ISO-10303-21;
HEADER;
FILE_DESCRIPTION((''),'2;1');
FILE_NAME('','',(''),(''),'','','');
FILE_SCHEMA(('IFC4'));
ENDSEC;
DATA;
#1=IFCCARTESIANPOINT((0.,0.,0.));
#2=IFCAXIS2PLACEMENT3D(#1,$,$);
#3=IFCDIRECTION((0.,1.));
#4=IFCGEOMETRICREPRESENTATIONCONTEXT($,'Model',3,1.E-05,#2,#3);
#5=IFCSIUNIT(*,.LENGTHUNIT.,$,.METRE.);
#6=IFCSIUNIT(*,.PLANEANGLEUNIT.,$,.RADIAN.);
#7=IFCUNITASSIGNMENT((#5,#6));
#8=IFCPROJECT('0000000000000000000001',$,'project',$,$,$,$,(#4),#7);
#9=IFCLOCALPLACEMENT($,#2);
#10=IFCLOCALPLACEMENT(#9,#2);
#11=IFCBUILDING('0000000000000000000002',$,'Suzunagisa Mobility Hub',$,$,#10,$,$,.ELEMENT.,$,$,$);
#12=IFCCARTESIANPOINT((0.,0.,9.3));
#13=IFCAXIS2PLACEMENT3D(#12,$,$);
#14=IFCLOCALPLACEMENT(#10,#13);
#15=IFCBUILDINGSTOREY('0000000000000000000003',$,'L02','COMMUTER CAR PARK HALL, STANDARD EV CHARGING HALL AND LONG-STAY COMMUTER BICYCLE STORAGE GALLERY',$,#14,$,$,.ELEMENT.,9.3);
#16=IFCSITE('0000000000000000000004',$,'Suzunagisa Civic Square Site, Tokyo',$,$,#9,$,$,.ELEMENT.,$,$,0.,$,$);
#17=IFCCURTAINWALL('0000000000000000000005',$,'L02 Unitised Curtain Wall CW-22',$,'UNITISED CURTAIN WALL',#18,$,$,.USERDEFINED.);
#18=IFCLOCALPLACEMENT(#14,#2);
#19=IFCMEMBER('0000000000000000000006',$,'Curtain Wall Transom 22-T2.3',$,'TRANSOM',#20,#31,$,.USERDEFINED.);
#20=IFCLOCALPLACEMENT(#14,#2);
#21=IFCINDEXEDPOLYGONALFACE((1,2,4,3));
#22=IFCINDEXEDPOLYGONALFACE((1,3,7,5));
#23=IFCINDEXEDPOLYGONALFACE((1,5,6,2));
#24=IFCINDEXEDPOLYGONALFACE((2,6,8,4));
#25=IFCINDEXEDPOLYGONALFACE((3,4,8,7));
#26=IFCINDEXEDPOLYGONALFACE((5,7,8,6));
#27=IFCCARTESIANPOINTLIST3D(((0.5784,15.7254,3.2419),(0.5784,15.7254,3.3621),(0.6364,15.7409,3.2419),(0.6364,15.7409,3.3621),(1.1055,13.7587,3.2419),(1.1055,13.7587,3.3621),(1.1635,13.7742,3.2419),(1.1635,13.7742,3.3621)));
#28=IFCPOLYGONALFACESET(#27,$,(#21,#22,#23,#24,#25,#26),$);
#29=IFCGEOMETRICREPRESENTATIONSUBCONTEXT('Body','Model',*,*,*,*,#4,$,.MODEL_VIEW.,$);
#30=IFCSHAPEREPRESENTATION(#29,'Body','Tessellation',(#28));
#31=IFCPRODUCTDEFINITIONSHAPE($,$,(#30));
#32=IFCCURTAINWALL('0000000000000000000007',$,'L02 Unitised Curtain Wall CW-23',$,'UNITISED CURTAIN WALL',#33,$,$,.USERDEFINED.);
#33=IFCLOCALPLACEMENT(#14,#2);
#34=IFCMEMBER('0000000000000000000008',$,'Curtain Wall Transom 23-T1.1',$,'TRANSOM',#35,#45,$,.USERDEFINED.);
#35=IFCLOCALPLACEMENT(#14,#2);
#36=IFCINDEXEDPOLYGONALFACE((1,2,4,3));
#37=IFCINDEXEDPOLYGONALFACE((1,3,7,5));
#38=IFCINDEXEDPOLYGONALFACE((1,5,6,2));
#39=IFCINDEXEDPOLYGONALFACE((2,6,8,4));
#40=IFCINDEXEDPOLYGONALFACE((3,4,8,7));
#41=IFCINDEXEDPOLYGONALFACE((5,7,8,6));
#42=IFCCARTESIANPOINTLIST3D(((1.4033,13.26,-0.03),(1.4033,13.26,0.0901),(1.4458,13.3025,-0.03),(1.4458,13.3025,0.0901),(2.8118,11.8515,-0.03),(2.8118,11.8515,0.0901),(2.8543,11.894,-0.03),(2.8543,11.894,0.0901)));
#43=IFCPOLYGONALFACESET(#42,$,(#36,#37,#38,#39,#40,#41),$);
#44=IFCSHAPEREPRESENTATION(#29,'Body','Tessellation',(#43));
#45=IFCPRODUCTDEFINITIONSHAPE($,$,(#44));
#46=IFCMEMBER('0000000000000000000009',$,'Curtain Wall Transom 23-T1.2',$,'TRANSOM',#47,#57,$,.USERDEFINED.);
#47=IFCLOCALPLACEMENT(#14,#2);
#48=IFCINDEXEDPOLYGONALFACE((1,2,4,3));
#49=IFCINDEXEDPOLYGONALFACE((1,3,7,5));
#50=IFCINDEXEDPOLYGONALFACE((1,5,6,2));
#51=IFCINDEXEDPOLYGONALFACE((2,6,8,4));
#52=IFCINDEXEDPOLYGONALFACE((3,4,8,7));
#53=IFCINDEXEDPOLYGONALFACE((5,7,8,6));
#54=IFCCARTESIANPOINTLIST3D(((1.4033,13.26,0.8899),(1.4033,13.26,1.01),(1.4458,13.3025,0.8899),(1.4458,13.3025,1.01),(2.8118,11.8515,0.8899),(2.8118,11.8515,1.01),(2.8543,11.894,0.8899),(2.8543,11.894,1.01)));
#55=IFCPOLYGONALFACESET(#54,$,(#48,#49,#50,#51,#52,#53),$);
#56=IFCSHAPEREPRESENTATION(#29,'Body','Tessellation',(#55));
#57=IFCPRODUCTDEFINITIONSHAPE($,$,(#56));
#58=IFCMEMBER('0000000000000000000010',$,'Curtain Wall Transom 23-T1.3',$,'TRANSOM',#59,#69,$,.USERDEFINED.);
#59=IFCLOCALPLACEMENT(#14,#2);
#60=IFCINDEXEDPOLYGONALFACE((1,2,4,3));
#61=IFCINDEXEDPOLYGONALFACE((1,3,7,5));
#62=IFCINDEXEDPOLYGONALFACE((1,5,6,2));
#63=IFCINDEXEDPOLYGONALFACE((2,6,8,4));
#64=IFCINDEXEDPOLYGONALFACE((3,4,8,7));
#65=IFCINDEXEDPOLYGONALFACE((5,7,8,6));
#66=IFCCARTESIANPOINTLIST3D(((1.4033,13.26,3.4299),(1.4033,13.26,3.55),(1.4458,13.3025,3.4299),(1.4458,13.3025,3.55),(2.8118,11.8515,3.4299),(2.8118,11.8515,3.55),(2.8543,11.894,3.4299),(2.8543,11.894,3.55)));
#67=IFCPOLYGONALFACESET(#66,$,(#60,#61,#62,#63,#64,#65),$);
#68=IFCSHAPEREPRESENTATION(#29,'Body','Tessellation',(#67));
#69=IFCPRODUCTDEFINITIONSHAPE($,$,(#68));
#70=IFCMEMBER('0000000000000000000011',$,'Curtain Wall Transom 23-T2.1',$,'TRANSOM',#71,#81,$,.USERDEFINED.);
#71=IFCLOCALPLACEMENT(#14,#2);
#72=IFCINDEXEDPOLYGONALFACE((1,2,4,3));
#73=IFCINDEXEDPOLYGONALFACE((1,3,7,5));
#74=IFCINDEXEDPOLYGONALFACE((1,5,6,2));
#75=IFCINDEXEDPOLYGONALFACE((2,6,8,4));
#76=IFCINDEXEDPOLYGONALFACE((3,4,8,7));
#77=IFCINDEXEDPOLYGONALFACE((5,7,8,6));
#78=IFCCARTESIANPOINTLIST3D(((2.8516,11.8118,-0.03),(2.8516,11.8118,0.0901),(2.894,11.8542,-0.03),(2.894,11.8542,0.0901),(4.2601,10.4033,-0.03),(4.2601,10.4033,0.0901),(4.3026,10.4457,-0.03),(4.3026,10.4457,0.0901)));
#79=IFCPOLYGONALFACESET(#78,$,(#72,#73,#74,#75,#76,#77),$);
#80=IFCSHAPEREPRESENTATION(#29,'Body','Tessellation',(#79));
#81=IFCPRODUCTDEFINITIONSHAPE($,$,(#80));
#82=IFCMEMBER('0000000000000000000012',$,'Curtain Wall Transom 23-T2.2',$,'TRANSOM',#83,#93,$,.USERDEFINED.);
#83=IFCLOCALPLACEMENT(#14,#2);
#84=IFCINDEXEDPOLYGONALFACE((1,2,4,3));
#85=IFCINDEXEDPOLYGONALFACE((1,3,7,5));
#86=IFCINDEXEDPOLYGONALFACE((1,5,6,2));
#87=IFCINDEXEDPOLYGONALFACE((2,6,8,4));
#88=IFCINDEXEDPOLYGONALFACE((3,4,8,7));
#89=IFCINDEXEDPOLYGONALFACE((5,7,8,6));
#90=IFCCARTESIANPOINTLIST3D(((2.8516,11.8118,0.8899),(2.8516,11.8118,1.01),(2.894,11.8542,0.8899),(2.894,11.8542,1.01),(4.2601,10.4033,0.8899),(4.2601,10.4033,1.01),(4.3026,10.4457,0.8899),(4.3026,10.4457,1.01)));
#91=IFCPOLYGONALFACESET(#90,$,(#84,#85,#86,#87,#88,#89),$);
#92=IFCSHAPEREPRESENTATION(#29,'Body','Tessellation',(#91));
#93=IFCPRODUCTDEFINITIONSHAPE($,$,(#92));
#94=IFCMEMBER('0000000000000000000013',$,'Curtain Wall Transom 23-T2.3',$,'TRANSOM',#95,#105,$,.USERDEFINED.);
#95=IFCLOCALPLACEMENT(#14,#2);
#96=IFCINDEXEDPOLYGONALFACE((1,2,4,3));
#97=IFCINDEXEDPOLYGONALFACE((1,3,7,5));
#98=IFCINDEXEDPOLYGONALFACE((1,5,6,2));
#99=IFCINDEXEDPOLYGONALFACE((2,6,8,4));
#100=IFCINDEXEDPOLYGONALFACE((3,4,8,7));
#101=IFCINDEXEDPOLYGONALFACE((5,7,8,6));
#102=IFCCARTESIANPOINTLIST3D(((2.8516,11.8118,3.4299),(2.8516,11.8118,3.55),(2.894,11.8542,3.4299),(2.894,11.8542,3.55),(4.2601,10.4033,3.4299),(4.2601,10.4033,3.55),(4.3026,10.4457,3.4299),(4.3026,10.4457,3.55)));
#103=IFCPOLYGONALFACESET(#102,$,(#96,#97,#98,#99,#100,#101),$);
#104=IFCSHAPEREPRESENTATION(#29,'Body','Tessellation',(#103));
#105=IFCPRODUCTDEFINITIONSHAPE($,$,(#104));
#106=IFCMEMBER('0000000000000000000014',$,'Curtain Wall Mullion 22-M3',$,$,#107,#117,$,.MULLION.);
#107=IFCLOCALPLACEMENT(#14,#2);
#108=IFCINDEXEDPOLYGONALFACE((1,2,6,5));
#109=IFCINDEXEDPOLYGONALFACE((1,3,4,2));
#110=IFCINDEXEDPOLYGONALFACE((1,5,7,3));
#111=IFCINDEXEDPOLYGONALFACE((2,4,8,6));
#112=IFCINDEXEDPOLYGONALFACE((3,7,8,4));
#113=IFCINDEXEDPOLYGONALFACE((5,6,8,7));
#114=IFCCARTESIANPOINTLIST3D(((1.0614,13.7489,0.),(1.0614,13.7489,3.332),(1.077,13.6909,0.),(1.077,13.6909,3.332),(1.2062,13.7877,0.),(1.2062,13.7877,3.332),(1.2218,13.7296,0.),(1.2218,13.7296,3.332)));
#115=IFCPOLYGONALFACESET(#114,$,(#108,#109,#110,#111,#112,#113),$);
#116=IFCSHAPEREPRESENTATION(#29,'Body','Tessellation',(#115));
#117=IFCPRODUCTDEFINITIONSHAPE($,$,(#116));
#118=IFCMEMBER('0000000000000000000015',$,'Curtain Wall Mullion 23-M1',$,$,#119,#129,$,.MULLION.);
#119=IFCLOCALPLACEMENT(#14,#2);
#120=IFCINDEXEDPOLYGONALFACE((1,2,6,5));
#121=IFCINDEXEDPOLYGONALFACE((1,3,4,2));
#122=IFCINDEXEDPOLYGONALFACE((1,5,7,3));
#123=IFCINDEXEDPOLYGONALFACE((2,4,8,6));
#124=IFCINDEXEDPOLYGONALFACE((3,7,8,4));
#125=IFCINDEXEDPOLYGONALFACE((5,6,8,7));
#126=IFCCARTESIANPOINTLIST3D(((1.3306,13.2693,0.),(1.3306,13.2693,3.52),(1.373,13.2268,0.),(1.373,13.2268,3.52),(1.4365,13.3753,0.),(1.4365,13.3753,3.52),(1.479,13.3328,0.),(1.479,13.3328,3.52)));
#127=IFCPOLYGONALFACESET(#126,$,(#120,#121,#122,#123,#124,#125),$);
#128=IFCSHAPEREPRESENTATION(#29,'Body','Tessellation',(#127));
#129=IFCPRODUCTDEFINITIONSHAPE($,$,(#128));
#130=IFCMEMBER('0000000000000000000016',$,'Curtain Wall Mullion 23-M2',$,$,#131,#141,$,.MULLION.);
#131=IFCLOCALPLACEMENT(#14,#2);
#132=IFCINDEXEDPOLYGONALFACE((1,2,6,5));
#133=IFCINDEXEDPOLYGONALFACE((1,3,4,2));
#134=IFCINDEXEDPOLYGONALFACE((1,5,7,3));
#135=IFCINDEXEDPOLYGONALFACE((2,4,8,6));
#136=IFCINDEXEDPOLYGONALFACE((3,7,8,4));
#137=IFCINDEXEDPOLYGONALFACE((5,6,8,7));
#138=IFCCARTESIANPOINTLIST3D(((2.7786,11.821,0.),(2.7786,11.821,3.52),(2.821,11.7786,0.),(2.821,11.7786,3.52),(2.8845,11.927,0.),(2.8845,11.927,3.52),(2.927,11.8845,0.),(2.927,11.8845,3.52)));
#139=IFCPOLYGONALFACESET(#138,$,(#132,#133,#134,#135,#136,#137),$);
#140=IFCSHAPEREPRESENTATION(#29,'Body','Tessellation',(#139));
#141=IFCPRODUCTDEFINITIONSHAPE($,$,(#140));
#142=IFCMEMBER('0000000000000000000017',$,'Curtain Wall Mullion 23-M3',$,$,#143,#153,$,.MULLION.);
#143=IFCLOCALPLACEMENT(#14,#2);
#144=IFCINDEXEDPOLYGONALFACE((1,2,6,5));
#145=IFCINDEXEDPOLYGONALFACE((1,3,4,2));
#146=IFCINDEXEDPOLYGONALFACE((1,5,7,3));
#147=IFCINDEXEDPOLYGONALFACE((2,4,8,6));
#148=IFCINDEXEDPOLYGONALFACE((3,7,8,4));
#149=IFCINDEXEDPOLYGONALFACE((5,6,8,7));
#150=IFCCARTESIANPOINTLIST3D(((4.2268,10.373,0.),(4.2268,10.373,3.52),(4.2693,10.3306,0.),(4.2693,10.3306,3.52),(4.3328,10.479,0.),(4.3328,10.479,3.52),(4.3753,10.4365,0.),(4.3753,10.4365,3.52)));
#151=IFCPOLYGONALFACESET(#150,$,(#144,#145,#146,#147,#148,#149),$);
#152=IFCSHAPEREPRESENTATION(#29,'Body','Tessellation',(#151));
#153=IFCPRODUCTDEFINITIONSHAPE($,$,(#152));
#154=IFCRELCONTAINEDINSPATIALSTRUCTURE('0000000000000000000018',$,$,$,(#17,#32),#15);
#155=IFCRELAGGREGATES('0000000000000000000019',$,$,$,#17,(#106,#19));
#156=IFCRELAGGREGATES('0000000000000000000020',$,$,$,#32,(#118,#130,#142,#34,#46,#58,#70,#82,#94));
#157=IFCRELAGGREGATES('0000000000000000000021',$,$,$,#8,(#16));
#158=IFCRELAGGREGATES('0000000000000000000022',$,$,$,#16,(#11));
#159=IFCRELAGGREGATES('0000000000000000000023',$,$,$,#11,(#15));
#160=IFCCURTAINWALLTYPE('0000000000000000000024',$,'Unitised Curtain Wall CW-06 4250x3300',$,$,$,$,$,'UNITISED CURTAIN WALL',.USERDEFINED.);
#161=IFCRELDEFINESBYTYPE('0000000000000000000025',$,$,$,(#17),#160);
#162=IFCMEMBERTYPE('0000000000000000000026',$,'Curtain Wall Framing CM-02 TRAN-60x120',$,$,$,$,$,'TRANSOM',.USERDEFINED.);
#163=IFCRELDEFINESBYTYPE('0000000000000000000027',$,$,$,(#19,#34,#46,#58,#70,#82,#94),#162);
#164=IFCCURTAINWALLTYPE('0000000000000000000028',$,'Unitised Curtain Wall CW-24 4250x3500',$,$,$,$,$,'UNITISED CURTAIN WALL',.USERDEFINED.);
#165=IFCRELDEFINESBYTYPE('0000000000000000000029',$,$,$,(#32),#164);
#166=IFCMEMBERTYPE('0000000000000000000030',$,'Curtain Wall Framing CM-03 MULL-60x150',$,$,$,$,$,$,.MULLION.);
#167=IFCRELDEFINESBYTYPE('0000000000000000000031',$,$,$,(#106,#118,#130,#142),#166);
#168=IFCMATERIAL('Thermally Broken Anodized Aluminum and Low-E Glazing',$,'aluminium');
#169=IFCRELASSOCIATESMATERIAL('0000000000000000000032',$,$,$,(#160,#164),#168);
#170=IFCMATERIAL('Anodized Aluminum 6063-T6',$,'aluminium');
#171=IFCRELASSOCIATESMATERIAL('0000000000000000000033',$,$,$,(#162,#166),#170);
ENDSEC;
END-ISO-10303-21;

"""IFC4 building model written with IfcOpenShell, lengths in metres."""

from ifc_helpers import new_model, si_unit, direction, frame, origin, origin_2d, place, context, subcontext, project, spatial, rectangle, extrude, material, material_profile, profile_set, type_object, element, aggregate, save


model = new_model("IFC4")

# Units and contexts
model_context = context("Model", 3, precision=1e-05, world=origin(), true_north=direction((0.0, 1.0)))
body_context = subcontext(model_context, "Body", "Model", "MODEL_VIEW")
ifc_project = project(units=[si_unit("LENGTHUNIT", "METRE"), si_unit("PLANEANGLEUNIT", "RADIAN")], contexts=[model_context])

# Site, building, storey
site_placement = place(None, origin())
site = spatial("IfcSite", under=ifc_project, at=site_placement, Name="Suzunagisa Civic Square Site, Tokyo", CompositionType="ELEMENT", RefElevation=0.0)
building_placement = place(site_placement, origin())
building = spatial("IfcBuilding", under=site, at=building_placement, Name="Suzunagisa Mobility Hub", CompositionType="ELEMENT")
storey_placement = place(building_placement, frame((0.0, 0.0, 9.3)))
storey = spatial("IfcBuildingStorey", under=building, at=storey_placement, Name="L02", Description="COMMUTER CAR PARK HALL, STANDARD EV CHARGING HALL AND LONG-STAY COMMUTER BICYCLE STORAGE GALLERY", CompositionType="ELEMENT", Elevation=9.3)

# Curtain walls, members
ifc_material_1 = material(Name="Thermally Broken Anodized Aluminum and Low-E Glazing", Category="aluminium")
curtain_wall_type_1 = type_object("IfcCurtainWallType", Name="Unitised Curtain Wall CW-06 4250x3300", ElementType="UNITISED CURTAIN WALL", PredefinedType="USERDEFINED", material=ifc_material_1)
curtain_wall_1_placement = place(storey_placement, origin())
curtain_wall_1 = element("IfcCurtainWall", 1, at=curtain_wall_1_placement, inside=storey, type_object=curtain_wall_type_1, Name="L02 Unitised Curtain Wall CW-22", ObjectType="UNITISED CURTAIN WALL", PredefinedType="USERDEFINED")
ifc_material_2 = material(Name="Anodized Aluminum 6063-T6", Category="aluminium")
ifc_material_profile_1 = material_profile(ifc_material_2, rectangle(XDim=0.0601, YDim=0.1201, at=origin_2d()), Name="TRAN-60x120")
ifc_profile_set_1 = profile_set([ifc_material_profile_1], Name="Anodized Aluminum 6063-T6")
member_type_1 = type_object("IfcMemberType", Name="Curtain Wall Framing CM-02 TRAN-60x120", ElementType="TRANSOM", PredefinedType="USERDEFINED", material=ifc_profile_set_1)
member_1_placement = place(storey_placement, frame((0.6074, 15.7332, 3.302), z_axis=(0.258864, -0.965914, 0.0), x_axis=(0.965914, 0.258864, 0.0)))
member_1 = element("IfcMember", 2, at=member_1_placement, type_object=member_type_1, Name="Curtain Wall Transom 22-T2.3", ObjectType="TRANSOM", PredefinedType="USERDEFINED", context=body_context, shape_type="SweptSolid", body=[
    extrude(rectangle(XDim=0.0601, YDim=0.1201, at=origin_2d()), origin(), (0.0, 0.0, 1.0), 2.0361),
])
curtain_wall_type_2 = type_object("IfcCurtainWallType", Name="Unitised Curtain Wall CW-24 4250x3500", ElementType="UNITISED CURTAIN WALL", PredefinedType="USERDEFINED", material=ifc_material_1)
curtain_wall_2_placement = place(storey_placement, origin())
curtain_wall_2 = element("IfcCurtainWall", 3, at=curtain_wall_2_placement, inside=storey, type_object=curtain_wall_type_2, Name="L02 Unitised Curtain Wall CW-23", ObjectType="UNITISED CURTAIN WALL", PredefinedType="USERDEFINED")
member_2_placement = place(storey_placement, frame((1.4246, 13.2812, 0.03), z_axis=(0.707107, -0.707107, 0.0), x_axis=(0.707107, 0.707107, 0.0)))
member_2 = element("IfcMember", 4, at=member_2_placement, type_object=member_type_1, Name="Curtain Wall Transom 23-T1.1", ObjectType="TRANSOM", PredefinedType="USERDEFINED", context=body_context, shape_type="SweptSolid", body=[
    extrude(rectangle(XDim=0.0601, YDim=0.1201, at=origin_2d()), origin(), (0.0, 0.0, 1.0), 1.9919),
])
member_3_placement = place(storey_placement, frame((1.4246, 13.2812, 0.95), z_axis=(0.707107, -0.707107, 0.0), x_axis=(0.707107, 0.707107, 0.0)))
member_3 = element("IfcMember", 5, at=member_3_placement, type_object=member_type_1, Name="Curtain Wall Transom 23-T1.2", ObjectType="TRANSOM", PredefinedType="USERDEFINED", context=body_context, shape_type="SweptSolid", body=[
    extrude(rectangle(XDim=0.0601, YDim=0.1201, at=origin_2d()), origin(), (0.0, 0.0, 1.0), 1.9919),
])
member_4_placement = place(storey_placement, frame((1.4246, 13.2812, 3.49), z_axis=(0.707107, -0.707107, 0.0), x_axis=(0.707107, 0.707107, 0.0)))
member_4 = element("IfcMember", 6, at=member_4_placement, type_object=member_type_1, Name="Curtain Wall Transom 23-T1.3", ObjectType="TRANSOM", PredefinedType="USERDEFINED", context=body_context, shape_type="SweptSolid", body=[
    extrude(rectangle(XDim=0.0601, YDim=0.1201, at=origin_2d()), origin(), (0.0, 0.0, 1.0), 1.9919),
])
member_5_placement = place(storey_placement, frame((2.8728, 11.833, 0.03), z_axis=(0.707107, -0.707107, 0.0), x_axis=(0.707107, 0.707107, 0.0)))
member_5 = element("IfcMember", 7, at=member_5_placement, type_object=member_type_1, Name="Curtain Wall Transom 23-T2.1", ObjectType="TRANSOM", PredefinedType="USERDEFINED", context=body_context, shape_type="SweptSolid", body=[
    extrude(rectangle(XDim=0.0601, YDim=0.1201, at=origin_2d()), origin(), (0.0, 0.0, 1.0), 1.9919),
])
member_6_placement = place(storey_placement, frame((2.8728, 11.833, 0.95), z_axis=(0.707107, -0.707107, 0.0), x_axis=(0.707107, 0.707107, 0.0)))
member_6 = element("IfcMember", 8, at=member_6_placement, type_object=member_type_1, Name="Curtain Wall Transom 23-T2.2", ObjectType="TRANSOM", PredefinedType="USERDEFINED", context=body_context, shape_type="SweptSolid", body=[
    extrude(rectangle(XDim=0.0601, YDim=0.1201, at=origin_2d()), origin(), (0.0, 0.0, 1.0), 1.9919),
])
member_7_placement = place(storey_placement, frame((2.8728, 11.833, 3.49), z_axis=(0.707107, -0.707107, 0.0), x_axis=(0.707107, 0.707107, 0.0)))
member_7 = element("IfcMember", 9, at=member_7_placement, type_object=member_type_1, Name="Curtain Wall Transom 23-T2.3", ObjectType="TRANSOM", PredefinedType="USERDEFINED", context=body_context, shape_type="SweptSolid", body=[
    extrude(rectangle(XDim=0.0601, YDim=0.1201, at=origin_2d()), origin(), (0.0, 0.0, 1.0), 1.9919),
])

# Members
ifc_material_profile_2 = material_profile(ifc_material_2, rectangle(XDim=0.0601, YDim=0.1499, at=origin_2d()), Name="MULL-60x150")
ifc_profile_set_2 = profile_set([ifc_material_profile_2], Name="Anodized Aluminum 6063-T6")
member_type_2 = type_object("IfcMemberType", Name="Curtain Wall Framing CM-03 MULL-60x150", PredefinedType="MULLION", material=ifc_profile_set_2)
member_8_placement = place(storey_placement, frame((1.1416, 13.7393, 0.0), z_axis=(0.0, 0.0, 1.0), x_axis=(0.258811, -0.965928, 0.0)))
member_8 = element("IfcMember", 10, at=member_8_placement, type_object=member_type_2, Name="Curtain Wall Mullion 22-M3", PredefinedType="MULLION", context=body_context, shape_type="SweptSolid", body=[
    extrude(rectangle(XDim=0.0601, YDim=0.1499, at=origin_2d()), origin(), (0.0, 0.0, 1.0), 3.332),
])
member_9_placement = place(storey_placement, frame((1.4048, 13.301, 0.0), z_axis=(0.0, 0.0, 1.0), x_axis=(0.707107, -0.707107, 0.0)))
member_9 = element("IfcMember", 11, at=member_9_placement, type_object=member_type_2, Name="Curtain Wall Mullion 23-M1", PredefinedType="MULLION", context=body_context, shape_type="SweptSolid", body=[
    extrude(rectangle(XDim=0.0601, YDim=0.1499, at=origin_2d()), origin(), (0.0, 0.0, 1.0), 3.52),
])
member_10_placement = place(storey_placement, frame((2.8528, 11.8528, 0.0), z_axis=(0.0, 0.0, 1.0), x_axis=(0.707107, -0.707107, 0.0)))
member_10 = element("IfcMember", 12, at=member_10_placement, type_object=member_type_2, Name="Curtain Wall Mullion 23-M2", PredefinedType="MULLION", context=body_context, shape_type="SweptSolid", body=[
    extrude(rectangle(XDim=0.0601, YDim=0.1499, at=origin_2d()), origin(), (0.0, 0.0, 1.0), 3.52),
])
member_11_placement = place(storey_placement, frame((4.301, 10.4048, 0.0), z_axis=(0.0, 0.0, 1.0), x_axis=(0.707107, -0.707107, 0.0)))
member_11 = element("IfcMember", 13, at=member_11_placement, type_object=member_type_2, Name="Curtain Wall Mullion 23-M3", PredefinedType="MULLION", context=body_context, shape_type="SweptSolid", body=[
    extrude(rectangle(XDim=0.0601, YDim=0.1499, at=origin_2d()), origin(), (0.0, 0.0, 1.0), 3.52),
])

aggregate(curtain_wall_1, [member_8, member_1])
aggregate(curtain_wall_2, [member_9, member_10, member_11, member_2, member_3, member_4, member_5, member_6, member_7])

save(model, "model.ifc")
